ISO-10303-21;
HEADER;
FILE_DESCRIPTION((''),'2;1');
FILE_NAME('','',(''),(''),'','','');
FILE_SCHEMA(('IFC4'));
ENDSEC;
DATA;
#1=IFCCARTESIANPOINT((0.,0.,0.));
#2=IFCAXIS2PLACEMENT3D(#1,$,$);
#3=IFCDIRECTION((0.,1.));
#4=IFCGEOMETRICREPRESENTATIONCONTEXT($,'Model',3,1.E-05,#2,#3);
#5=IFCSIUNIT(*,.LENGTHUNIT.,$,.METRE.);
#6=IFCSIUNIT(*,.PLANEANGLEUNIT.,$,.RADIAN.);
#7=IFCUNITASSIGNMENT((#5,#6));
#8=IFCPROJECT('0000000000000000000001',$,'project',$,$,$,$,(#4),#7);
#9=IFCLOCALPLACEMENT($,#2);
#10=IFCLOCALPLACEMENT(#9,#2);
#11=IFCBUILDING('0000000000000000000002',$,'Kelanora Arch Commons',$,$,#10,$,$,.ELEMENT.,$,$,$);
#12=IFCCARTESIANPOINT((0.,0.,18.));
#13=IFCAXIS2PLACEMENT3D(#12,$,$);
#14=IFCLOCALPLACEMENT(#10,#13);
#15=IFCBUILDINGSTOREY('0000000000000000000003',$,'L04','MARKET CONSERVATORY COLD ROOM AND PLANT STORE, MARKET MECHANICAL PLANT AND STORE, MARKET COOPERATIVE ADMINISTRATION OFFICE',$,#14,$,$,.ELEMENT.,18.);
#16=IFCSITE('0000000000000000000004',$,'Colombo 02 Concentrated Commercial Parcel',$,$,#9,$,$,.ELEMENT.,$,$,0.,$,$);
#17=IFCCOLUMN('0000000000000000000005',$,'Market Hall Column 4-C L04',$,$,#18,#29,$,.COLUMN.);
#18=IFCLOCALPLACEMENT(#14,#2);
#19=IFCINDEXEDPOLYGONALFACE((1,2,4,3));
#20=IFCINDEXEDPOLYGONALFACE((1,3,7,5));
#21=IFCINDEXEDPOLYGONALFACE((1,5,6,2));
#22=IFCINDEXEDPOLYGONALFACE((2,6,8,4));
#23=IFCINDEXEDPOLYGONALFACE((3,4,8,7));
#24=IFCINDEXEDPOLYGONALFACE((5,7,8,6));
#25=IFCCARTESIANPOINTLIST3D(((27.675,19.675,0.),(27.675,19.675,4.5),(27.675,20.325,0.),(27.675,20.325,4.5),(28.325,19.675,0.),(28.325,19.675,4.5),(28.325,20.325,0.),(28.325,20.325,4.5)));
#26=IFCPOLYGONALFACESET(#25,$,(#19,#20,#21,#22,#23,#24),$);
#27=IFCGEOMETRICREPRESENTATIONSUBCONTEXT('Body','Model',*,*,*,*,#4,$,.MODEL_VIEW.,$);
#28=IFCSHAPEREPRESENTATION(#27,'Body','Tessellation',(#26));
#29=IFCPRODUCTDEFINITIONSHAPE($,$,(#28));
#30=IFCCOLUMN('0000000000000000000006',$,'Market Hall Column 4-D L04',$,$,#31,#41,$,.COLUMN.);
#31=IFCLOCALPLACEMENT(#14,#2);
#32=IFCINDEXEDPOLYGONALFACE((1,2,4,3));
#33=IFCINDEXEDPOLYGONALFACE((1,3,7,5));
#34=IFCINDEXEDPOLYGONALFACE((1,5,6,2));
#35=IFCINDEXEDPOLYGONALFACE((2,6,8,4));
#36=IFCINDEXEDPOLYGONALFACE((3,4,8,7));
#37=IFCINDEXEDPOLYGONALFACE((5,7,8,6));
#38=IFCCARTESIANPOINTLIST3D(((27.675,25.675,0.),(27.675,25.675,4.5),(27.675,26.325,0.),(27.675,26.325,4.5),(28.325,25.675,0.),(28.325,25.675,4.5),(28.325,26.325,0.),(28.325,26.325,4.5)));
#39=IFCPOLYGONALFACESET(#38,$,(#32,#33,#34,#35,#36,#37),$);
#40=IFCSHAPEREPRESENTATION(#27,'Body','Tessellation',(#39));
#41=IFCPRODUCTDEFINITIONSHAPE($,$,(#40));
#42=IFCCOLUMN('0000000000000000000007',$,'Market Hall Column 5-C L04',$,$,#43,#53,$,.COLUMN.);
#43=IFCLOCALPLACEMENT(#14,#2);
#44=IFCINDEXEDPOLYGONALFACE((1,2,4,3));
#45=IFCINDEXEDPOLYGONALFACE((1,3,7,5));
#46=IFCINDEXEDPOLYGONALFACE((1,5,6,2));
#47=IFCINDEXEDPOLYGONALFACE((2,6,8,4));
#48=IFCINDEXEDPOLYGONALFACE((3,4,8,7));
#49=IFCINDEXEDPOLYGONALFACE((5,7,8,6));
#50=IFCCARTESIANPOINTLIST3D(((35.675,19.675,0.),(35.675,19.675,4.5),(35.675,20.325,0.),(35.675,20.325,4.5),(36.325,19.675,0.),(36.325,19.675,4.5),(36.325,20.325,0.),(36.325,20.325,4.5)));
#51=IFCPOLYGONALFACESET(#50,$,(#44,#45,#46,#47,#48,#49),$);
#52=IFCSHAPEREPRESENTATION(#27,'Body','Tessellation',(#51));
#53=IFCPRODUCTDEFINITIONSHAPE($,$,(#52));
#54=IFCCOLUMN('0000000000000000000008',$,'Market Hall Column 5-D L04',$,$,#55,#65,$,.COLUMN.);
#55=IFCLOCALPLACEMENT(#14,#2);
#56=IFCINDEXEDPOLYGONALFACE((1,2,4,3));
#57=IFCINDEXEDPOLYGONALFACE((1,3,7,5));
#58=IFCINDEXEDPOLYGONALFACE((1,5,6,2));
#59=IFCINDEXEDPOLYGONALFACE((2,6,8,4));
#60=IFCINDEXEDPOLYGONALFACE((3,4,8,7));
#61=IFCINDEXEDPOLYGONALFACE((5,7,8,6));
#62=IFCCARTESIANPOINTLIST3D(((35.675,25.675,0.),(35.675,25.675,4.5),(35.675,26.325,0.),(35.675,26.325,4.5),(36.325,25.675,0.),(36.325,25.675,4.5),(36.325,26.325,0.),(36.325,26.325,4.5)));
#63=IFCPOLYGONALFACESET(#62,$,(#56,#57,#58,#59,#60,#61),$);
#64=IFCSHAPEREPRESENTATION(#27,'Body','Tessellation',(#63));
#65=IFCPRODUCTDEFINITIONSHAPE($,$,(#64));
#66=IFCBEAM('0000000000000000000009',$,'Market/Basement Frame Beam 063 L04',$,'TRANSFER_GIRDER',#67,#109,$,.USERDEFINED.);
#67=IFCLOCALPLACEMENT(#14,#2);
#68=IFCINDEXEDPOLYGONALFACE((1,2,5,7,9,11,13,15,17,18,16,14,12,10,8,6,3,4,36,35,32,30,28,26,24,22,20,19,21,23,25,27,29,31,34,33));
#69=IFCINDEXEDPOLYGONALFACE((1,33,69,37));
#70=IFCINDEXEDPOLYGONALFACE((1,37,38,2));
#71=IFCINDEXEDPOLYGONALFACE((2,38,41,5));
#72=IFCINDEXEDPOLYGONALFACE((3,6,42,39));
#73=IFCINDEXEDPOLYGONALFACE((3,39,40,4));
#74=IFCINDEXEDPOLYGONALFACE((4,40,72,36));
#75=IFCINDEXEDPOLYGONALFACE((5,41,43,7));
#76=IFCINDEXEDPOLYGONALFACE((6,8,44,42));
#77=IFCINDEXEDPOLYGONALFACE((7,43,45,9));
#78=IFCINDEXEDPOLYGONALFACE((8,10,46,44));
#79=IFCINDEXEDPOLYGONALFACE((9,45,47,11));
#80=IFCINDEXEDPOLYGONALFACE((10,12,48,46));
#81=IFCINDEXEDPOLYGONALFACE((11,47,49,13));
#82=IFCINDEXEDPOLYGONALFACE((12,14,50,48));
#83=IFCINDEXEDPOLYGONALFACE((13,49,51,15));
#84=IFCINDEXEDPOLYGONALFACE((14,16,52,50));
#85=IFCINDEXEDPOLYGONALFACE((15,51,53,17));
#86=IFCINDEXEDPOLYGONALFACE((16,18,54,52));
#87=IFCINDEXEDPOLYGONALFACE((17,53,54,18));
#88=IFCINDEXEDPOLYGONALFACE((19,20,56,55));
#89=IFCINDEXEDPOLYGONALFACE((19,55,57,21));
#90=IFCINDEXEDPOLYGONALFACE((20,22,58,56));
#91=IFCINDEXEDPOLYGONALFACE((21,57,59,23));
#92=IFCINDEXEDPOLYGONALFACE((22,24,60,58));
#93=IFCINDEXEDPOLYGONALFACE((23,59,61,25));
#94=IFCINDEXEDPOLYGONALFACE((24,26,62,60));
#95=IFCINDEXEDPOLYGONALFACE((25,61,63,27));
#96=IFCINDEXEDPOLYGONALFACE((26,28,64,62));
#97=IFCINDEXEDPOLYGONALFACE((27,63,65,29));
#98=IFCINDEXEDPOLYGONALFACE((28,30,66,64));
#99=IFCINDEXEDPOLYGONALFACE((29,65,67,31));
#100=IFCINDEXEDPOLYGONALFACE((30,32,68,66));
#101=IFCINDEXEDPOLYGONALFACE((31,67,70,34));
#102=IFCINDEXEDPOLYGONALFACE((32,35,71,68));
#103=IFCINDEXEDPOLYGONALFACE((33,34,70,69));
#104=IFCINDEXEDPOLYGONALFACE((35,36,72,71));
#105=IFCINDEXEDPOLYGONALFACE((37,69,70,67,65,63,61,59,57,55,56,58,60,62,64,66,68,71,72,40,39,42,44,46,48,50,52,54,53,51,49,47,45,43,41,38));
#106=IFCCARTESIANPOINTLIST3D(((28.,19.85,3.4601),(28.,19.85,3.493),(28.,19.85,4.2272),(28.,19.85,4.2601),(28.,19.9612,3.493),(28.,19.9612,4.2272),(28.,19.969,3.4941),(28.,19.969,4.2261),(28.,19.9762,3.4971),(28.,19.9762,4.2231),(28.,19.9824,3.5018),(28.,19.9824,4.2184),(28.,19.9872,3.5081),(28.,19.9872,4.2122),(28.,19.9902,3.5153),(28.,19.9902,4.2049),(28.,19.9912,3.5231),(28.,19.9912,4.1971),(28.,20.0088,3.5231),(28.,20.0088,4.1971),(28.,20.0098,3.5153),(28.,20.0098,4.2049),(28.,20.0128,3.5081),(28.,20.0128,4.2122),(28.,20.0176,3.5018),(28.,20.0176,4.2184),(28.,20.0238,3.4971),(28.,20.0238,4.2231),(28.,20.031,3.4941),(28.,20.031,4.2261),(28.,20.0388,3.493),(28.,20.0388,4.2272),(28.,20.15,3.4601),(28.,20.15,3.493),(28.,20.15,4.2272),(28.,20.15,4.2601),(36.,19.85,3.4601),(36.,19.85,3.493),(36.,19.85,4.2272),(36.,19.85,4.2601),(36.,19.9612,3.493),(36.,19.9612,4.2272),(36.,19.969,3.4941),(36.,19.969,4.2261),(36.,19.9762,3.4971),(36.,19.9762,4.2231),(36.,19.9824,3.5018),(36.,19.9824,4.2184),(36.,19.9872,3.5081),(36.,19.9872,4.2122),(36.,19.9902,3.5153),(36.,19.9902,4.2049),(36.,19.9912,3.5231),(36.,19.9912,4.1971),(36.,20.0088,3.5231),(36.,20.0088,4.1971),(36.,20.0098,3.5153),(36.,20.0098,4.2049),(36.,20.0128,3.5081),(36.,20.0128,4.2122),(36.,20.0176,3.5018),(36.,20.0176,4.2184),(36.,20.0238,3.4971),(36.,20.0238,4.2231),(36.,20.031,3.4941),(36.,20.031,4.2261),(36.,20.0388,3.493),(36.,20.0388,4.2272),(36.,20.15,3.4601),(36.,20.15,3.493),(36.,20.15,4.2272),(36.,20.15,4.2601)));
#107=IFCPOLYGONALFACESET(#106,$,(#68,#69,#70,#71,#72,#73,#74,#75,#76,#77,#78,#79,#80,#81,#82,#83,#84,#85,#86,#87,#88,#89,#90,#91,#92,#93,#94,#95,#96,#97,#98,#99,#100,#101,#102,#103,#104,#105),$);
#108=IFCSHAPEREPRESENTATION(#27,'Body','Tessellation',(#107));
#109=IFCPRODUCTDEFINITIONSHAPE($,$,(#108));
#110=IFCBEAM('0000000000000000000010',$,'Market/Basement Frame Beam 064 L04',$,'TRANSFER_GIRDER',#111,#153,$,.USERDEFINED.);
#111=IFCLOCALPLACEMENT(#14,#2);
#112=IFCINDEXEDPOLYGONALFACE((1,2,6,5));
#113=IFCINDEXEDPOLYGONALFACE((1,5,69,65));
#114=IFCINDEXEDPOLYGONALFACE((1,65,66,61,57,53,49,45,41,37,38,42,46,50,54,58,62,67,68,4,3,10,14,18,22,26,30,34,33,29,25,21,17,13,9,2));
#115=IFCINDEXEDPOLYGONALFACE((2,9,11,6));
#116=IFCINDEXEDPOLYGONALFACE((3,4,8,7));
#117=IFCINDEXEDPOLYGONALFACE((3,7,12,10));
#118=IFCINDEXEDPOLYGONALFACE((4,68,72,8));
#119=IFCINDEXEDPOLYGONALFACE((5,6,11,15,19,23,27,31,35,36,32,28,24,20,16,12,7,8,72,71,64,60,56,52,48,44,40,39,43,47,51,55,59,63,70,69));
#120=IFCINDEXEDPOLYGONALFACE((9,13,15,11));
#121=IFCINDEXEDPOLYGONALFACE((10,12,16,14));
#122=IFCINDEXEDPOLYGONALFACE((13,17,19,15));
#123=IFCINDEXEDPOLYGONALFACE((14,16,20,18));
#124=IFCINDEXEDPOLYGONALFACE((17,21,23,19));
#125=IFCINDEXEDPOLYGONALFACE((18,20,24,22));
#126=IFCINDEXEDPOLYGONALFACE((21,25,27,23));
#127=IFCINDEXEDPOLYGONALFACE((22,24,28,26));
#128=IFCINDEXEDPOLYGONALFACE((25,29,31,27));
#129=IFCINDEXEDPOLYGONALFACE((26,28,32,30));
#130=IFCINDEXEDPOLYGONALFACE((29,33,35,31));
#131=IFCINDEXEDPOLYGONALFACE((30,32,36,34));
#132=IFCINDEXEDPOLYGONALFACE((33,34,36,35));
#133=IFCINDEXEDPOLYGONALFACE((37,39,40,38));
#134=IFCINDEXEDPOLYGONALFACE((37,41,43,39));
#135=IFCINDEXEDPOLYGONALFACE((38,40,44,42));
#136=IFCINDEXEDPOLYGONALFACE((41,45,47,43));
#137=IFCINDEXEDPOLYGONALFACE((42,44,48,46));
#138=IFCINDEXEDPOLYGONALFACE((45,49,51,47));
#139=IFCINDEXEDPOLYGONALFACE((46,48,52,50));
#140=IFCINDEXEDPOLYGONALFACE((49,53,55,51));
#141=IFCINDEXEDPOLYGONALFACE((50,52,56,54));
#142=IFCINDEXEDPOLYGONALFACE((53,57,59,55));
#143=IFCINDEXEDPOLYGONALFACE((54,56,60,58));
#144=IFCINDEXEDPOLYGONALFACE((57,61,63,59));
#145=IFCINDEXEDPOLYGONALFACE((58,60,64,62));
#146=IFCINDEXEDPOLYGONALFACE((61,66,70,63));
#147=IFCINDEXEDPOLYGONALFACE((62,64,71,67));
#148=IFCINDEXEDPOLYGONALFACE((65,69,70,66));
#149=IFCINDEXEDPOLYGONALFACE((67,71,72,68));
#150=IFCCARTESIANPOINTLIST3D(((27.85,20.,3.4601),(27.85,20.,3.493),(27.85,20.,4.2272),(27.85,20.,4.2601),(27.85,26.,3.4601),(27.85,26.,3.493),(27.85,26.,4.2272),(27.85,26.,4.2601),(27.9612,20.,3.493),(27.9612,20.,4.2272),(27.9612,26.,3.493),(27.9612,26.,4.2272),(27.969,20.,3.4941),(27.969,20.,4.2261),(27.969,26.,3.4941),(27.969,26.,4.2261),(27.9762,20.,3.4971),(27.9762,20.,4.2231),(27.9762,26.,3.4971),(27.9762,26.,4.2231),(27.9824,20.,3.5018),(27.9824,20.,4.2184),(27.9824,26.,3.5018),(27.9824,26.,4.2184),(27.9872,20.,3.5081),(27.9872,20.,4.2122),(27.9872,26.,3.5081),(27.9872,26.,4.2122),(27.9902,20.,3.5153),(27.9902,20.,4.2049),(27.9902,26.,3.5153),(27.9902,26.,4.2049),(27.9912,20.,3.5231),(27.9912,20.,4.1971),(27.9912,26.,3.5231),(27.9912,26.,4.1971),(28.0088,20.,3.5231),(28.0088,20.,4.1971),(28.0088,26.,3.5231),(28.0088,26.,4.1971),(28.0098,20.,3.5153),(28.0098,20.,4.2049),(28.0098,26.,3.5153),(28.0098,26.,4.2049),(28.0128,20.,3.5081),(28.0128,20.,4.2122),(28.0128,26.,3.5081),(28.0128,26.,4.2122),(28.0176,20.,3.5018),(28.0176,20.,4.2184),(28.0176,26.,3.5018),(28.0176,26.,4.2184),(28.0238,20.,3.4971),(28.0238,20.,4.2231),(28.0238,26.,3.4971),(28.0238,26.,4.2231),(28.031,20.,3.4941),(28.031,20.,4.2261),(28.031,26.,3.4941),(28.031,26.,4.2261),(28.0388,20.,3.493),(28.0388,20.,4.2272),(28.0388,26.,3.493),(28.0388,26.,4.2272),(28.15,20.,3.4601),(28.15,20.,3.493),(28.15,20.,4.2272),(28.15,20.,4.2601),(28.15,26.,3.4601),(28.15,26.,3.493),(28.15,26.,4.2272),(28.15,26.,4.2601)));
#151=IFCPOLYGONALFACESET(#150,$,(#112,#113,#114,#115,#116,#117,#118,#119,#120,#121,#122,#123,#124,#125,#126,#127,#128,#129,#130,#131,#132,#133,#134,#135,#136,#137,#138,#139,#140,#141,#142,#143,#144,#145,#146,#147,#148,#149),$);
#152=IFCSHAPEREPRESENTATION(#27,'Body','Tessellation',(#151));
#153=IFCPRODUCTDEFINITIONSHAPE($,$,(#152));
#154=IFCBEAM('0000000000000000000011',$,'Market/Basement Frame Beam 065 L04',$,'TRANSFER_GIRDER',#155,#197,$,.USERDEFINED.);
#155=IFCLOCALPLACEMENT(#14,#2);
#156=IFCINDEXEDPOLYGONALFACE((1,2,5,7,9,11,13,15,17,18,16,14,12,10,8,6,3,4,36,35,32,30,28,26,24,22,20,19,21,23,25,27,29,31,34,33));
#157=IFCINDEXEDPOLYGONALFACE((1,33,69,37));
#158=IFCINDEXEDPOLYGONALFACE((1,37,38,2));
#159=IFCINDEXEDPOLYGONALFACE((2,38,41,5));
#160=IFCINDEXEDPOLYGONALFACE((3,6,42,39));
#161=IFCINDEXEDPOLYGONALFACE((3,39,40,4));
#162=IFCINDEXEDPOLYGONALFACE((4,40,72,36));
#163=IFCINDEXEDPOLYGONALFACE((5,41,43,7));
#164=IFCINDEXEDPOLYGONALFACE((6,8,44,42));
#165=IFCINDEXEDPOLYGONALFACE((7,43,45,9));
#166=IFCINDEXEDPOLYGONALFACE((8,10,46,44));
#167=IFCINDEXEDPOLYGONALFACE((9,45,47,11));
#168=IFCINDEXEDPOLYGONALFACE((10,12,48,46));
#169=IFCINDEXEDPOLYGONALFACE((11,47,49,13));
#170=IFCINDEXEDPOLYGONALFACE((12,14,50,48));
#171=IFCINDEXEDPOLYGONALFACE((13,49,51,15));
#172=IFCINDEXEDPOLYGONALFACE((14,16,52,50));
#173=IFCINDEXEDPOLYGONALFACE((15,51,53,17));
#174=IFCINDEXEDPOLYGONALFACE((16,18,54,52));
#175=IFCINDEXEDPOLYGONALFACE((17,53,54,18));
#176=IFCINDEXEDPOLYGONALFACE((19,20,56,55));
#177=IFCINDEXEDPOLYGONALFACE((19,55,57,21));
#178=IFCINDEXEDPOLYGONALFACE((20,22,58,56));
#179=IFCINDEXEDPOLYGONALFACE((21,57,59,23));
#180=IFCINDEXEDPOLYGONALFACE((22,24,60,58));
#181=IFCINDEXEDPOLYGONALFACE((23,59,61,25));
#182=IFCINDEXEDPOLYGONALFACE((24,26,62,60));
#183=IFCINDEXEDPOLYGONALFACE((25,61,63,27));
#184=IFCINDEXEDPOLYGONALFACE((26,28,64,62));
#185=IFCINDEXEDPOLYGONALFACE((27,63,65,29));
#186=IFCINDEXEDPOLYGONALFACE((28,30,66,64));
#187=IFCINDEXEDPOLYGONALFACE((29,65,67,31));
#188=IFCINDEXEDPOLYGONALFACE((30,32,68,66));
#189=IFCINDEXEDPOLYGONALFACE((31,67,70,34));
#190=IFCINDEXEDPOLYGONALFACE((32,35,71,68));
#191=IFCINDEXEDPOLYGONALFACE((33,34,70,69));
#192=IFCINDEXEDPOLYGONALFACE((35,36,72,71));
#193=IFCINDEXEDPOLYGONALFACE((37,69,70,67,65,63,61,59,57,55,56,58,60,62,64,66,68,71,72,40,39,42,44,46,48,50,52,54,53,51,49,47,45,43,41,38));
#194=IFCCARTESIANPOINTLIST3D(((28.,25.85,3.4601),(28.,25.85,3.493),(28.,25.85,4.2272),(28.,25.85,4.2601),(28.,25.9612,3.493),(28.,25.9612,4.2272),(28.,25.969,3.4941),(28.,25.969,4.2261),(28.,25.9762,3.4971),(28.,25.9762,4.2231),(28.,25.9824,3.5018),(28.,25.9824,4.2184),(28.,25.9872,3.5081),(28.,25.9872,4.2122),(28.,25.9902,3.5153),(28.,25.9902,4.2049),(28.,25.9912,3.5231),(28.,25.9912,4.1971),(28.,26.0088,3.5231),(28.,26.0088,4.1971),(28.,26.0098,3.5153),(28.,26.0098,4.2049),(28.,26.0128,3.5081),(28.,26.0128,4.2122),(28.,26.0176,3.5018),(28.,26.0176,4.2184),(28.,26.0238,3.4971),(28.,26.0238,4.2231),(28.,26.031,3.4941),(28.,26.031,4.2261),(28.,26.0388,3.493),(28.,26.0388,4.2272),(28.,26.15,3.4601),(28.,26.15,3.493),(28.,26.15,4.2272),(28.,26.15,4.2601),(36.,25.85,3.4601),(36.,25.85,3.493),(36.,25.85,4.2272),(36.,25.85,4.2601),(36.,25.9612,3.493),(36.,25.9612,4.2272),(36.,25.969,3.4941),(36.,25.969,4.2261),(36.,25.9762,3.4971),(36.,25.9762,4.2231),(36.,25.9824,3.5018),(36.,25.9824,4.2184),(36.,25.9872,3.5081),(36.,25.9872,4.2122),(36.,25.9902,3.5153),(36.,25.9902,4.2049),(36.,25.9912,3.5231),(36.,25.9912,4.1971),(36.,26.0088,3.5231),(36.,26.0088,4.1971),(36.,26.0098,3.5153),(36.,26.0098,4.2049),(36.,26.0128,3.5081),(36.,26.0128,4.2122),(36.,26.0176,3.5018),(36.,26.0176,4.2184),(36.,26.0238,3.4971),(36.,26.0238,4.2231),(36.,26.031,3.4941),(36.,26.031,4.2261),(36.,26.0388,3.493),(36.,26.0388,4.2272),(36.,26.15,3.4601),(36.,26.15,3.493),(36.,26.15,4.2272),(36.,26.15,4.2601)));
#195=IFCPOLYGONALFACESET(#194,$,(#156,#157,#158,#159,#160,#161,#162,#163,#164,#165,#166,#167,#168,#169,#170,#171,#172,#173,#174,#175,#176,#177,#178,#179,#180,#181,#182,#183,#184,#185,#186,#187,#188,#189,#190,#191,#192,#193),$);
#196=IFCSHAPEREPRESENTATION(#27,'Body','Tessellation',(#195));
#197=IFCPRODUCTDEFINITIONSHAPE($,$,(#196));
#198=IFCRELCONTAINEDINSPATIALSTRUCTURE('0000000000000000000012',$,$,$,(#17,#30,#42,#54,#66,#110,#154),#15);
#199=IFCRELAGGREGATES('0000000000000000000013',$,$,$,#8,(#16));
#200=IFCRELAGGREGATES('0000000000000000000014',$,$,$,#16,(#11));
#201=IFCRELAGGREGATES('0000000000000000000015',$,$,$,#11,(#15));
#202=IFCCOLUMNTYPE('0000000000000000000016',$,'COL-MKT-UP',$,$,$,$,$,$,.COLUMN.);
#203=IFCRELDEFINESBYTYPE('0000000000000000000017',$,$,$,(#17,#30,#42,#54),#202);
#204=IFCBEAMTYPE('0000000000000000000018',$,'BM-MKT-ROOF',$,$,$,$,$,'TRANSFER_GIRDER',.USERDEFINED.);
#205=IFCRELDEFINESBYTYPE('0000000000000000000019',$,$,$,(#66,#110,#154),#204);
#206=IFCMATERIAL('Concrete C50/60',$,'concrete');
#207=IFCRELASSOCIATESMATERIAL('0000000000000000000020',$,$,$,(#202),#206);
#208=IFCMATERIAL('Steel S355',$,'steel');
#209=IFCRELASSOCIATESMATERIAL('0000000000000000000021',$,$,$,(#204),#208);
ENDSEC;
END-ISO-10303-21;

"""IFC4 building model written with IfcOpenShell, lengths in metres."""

from ifc_helpers import new_model, si_unit, direction, frame, origin, origin_2d, place, context, subcontext, project, spatial, rectangle, i_section, extrude, material, material_profile, profile_set, type_object, element, save


model = new_model("IFC4")

# Units and contexts
model_context = context("Model", 3, precision=1e-05, world=origin(), true_north=direction((0.0, 1.0)))
body_context = subcontext(model_context, "Body", "Model", "MODEL_VIEW")
ifc_project = project(units=[si_unit("LENGTHUNIT", "METRE"), si_unit("PLANEANGLEUNIT", "RADIAN")], contexts=[model_context])

# Site, building, storey
site_placement = place(None, origin())
site = spatial("IfcSite", under=ifc_project, at=site_placement, Name="Colombo 02 Concentrated Commercial Parcel", CompositionType="ELEMENT", RefElevation=0.0)
building_placement = place(site_placement, origin())
building = spatial("IfcBuilding", under=site, at=building_placement, Name="Kelanora Arch Commons", CompositionType="ELEMENT")
storey_placement = place(building_placement, frame((0.0, 0.0, 18.0)))
storey = spatial("IfcBuildingStorey", under=building, at=storey_placement, Name="L04", Description="MARKET CONSERVATORY COLD ROOM AND PLANT STORE, MARKET MECHANICAL PLANT AND STORE, MARKET COOPERATIVE ADMINISTRATION OFFICE", CompositionType="ELEMENT", Elevation=18.0)

# Columns
ifc_material_1 = material(Name="Concrete C50/60", Category="concrete")
ifc_material_profile_1 = material_profile(ifc_material_1, rectangle(XDim=0.6499, YDim=0.6499, at=origin_2d()), Name="RC650x650")
ifc_profile_set_1 = profile_set([ifc_material_profile_1], Name="Concrete C50/60")
column_type = type_object("IfcColumnType", Name="COL-MKT-UP", PredefinedType="COLUMN", material=ifc_profile_set_1)
for number, where, z_axis, x_axis, name in (
    (1, (28.0, 20.0, 0.0), (0.0, 0.0, 1.0), (1.0, 0.0, 0.0), "Market Hall Column 4-C L04"),
    (2, (28.0, 26.0, 0.0), (0.0, 0.0, 1.0), (1.0, 0.0, 0.0), "Market Hall Column 4-D L04"),
    (3, (36.0, 20.0, 0.0), (0.0, 0.0, 1.0), (1.0, 0.0, 0.0), "Market Hall Column 5-C L04"),
    (4, (36.0, 26.0, 0.0), (0.0, 0.0, 1.0), (1.0, 0.0, 0.0), "Market Hall Column 5-D L04"),
):
    element("IfcColumn", number, at=place(storey_placement, frame(where, z_axis=z_axis, x_axis=x_axis)), inside=storey, type_object=column_type, Name=name, PredefinedType="COLUMN", context=body_context, shape_type="SweptSolid", body=[
        extrude(rectangle(XDim=0.6499, YDim=0.6499, at=origin_2d()), origin(), (0.0, 0.0, 1.0), 4.5),
    ])

# Beams
ifc_material_2 = material(Name="Steel S355", Category="steel")
ifc_material_profile_2 = material_profile(ifc_material_2, i_section(OverallWidth=0.3, OverallDepth=0.8, WebThickness=0.0176, FlangeThickness=0.033, FilletRadius=0.03, at=origin_2d()), Name="HEB800")
ifc_profile_set_2 = profile_set([ifc_material_profile_2], Name="Steel S355")
beam_type = type_object("IfcBeamType", Name="BM-MKT-ROOF", ElementType="TRANSFER_GIRDER", PredefinedType="USERDEFINED", material=ifc_profile_set_2)
beam_1_placement = place(storey_placement, frame((28.0, 20.0, 3.8601), z_axis=(1.0, 0.0, 0.0), x_axis=(0.0, 1.0, 0.0)))
element("IfcBeam", 5, at=beam_1_placement, inside=storey, type_object=beam_type, Name="Market/Basement Frame Beam 063 L04", ObjectType="TRANSFER_GIRDER", PredefinedType="USERDEFINED", context=body_context, shape_type="SweptSolid", body=[
    extrude(i_section(OverallWidth=0.3, OverallDepth=0.8, WebThickness=0.0176, FlangeThickness=0.033, FilletRadius=0.03, at=origin_2d()), origin(), (0.0, 0.0, 1.0), 8.0),
])
beam_2_placement = place(storey_placement, frame((28.0, 20.0, 3.8601), z_axis=(0.0, 1.0, 0.0), x_axis=(-1.0, 0.0, 0.0)))
element("IfcBeam", 6, at=beam_2_placement, inside=storey, type_object=beam_type, Name="Market/Basement Frame Beam 064 L04", ObjectType="TRANSFER_GIRDER", PredefinedType="USERDEFINED", context=body_context, shape_type="SweptSolid", body=[
    extrude(i_section(OverallWidth=0.3, OverallDepth=0.8, WebThickness=0.0176, FlangeThickness=0.033, FilletRadius=0.03, at=origin_2d()), origin(), (0.0, 0.0, 1.0), 6.0),
])
for number, where, z_axis, x_axis, name in (
    (7, (28.0, 26.0, 3.8601), (1.0, 0.0, 0.0), (0.0, 1.0, 0.0), "Market/Basement Frame Beam 065 L04"),
):
    element("IfcBeam", number, at=place(storey_placement, frame(where, z_axis=z_axis, x_axis=x_axis)), inside=storey, type_object=beam_type, Name=name, ObjectType="TRANSFER_GIRDER", PredefinedType="USERDEFINED", context=body_context, shape_type="SweptSolid", body=[
        extrude(i_section(OverallWidth=0.3, OverallDepth=0.8, WebThickness=0.0176, FlangeThickness=0.033, FilletRadius=0.03, at=origin_2d()), origin(), (0.0, 0.0, 1.0), 8.0),
    ])

save(model, "model.ifc")
